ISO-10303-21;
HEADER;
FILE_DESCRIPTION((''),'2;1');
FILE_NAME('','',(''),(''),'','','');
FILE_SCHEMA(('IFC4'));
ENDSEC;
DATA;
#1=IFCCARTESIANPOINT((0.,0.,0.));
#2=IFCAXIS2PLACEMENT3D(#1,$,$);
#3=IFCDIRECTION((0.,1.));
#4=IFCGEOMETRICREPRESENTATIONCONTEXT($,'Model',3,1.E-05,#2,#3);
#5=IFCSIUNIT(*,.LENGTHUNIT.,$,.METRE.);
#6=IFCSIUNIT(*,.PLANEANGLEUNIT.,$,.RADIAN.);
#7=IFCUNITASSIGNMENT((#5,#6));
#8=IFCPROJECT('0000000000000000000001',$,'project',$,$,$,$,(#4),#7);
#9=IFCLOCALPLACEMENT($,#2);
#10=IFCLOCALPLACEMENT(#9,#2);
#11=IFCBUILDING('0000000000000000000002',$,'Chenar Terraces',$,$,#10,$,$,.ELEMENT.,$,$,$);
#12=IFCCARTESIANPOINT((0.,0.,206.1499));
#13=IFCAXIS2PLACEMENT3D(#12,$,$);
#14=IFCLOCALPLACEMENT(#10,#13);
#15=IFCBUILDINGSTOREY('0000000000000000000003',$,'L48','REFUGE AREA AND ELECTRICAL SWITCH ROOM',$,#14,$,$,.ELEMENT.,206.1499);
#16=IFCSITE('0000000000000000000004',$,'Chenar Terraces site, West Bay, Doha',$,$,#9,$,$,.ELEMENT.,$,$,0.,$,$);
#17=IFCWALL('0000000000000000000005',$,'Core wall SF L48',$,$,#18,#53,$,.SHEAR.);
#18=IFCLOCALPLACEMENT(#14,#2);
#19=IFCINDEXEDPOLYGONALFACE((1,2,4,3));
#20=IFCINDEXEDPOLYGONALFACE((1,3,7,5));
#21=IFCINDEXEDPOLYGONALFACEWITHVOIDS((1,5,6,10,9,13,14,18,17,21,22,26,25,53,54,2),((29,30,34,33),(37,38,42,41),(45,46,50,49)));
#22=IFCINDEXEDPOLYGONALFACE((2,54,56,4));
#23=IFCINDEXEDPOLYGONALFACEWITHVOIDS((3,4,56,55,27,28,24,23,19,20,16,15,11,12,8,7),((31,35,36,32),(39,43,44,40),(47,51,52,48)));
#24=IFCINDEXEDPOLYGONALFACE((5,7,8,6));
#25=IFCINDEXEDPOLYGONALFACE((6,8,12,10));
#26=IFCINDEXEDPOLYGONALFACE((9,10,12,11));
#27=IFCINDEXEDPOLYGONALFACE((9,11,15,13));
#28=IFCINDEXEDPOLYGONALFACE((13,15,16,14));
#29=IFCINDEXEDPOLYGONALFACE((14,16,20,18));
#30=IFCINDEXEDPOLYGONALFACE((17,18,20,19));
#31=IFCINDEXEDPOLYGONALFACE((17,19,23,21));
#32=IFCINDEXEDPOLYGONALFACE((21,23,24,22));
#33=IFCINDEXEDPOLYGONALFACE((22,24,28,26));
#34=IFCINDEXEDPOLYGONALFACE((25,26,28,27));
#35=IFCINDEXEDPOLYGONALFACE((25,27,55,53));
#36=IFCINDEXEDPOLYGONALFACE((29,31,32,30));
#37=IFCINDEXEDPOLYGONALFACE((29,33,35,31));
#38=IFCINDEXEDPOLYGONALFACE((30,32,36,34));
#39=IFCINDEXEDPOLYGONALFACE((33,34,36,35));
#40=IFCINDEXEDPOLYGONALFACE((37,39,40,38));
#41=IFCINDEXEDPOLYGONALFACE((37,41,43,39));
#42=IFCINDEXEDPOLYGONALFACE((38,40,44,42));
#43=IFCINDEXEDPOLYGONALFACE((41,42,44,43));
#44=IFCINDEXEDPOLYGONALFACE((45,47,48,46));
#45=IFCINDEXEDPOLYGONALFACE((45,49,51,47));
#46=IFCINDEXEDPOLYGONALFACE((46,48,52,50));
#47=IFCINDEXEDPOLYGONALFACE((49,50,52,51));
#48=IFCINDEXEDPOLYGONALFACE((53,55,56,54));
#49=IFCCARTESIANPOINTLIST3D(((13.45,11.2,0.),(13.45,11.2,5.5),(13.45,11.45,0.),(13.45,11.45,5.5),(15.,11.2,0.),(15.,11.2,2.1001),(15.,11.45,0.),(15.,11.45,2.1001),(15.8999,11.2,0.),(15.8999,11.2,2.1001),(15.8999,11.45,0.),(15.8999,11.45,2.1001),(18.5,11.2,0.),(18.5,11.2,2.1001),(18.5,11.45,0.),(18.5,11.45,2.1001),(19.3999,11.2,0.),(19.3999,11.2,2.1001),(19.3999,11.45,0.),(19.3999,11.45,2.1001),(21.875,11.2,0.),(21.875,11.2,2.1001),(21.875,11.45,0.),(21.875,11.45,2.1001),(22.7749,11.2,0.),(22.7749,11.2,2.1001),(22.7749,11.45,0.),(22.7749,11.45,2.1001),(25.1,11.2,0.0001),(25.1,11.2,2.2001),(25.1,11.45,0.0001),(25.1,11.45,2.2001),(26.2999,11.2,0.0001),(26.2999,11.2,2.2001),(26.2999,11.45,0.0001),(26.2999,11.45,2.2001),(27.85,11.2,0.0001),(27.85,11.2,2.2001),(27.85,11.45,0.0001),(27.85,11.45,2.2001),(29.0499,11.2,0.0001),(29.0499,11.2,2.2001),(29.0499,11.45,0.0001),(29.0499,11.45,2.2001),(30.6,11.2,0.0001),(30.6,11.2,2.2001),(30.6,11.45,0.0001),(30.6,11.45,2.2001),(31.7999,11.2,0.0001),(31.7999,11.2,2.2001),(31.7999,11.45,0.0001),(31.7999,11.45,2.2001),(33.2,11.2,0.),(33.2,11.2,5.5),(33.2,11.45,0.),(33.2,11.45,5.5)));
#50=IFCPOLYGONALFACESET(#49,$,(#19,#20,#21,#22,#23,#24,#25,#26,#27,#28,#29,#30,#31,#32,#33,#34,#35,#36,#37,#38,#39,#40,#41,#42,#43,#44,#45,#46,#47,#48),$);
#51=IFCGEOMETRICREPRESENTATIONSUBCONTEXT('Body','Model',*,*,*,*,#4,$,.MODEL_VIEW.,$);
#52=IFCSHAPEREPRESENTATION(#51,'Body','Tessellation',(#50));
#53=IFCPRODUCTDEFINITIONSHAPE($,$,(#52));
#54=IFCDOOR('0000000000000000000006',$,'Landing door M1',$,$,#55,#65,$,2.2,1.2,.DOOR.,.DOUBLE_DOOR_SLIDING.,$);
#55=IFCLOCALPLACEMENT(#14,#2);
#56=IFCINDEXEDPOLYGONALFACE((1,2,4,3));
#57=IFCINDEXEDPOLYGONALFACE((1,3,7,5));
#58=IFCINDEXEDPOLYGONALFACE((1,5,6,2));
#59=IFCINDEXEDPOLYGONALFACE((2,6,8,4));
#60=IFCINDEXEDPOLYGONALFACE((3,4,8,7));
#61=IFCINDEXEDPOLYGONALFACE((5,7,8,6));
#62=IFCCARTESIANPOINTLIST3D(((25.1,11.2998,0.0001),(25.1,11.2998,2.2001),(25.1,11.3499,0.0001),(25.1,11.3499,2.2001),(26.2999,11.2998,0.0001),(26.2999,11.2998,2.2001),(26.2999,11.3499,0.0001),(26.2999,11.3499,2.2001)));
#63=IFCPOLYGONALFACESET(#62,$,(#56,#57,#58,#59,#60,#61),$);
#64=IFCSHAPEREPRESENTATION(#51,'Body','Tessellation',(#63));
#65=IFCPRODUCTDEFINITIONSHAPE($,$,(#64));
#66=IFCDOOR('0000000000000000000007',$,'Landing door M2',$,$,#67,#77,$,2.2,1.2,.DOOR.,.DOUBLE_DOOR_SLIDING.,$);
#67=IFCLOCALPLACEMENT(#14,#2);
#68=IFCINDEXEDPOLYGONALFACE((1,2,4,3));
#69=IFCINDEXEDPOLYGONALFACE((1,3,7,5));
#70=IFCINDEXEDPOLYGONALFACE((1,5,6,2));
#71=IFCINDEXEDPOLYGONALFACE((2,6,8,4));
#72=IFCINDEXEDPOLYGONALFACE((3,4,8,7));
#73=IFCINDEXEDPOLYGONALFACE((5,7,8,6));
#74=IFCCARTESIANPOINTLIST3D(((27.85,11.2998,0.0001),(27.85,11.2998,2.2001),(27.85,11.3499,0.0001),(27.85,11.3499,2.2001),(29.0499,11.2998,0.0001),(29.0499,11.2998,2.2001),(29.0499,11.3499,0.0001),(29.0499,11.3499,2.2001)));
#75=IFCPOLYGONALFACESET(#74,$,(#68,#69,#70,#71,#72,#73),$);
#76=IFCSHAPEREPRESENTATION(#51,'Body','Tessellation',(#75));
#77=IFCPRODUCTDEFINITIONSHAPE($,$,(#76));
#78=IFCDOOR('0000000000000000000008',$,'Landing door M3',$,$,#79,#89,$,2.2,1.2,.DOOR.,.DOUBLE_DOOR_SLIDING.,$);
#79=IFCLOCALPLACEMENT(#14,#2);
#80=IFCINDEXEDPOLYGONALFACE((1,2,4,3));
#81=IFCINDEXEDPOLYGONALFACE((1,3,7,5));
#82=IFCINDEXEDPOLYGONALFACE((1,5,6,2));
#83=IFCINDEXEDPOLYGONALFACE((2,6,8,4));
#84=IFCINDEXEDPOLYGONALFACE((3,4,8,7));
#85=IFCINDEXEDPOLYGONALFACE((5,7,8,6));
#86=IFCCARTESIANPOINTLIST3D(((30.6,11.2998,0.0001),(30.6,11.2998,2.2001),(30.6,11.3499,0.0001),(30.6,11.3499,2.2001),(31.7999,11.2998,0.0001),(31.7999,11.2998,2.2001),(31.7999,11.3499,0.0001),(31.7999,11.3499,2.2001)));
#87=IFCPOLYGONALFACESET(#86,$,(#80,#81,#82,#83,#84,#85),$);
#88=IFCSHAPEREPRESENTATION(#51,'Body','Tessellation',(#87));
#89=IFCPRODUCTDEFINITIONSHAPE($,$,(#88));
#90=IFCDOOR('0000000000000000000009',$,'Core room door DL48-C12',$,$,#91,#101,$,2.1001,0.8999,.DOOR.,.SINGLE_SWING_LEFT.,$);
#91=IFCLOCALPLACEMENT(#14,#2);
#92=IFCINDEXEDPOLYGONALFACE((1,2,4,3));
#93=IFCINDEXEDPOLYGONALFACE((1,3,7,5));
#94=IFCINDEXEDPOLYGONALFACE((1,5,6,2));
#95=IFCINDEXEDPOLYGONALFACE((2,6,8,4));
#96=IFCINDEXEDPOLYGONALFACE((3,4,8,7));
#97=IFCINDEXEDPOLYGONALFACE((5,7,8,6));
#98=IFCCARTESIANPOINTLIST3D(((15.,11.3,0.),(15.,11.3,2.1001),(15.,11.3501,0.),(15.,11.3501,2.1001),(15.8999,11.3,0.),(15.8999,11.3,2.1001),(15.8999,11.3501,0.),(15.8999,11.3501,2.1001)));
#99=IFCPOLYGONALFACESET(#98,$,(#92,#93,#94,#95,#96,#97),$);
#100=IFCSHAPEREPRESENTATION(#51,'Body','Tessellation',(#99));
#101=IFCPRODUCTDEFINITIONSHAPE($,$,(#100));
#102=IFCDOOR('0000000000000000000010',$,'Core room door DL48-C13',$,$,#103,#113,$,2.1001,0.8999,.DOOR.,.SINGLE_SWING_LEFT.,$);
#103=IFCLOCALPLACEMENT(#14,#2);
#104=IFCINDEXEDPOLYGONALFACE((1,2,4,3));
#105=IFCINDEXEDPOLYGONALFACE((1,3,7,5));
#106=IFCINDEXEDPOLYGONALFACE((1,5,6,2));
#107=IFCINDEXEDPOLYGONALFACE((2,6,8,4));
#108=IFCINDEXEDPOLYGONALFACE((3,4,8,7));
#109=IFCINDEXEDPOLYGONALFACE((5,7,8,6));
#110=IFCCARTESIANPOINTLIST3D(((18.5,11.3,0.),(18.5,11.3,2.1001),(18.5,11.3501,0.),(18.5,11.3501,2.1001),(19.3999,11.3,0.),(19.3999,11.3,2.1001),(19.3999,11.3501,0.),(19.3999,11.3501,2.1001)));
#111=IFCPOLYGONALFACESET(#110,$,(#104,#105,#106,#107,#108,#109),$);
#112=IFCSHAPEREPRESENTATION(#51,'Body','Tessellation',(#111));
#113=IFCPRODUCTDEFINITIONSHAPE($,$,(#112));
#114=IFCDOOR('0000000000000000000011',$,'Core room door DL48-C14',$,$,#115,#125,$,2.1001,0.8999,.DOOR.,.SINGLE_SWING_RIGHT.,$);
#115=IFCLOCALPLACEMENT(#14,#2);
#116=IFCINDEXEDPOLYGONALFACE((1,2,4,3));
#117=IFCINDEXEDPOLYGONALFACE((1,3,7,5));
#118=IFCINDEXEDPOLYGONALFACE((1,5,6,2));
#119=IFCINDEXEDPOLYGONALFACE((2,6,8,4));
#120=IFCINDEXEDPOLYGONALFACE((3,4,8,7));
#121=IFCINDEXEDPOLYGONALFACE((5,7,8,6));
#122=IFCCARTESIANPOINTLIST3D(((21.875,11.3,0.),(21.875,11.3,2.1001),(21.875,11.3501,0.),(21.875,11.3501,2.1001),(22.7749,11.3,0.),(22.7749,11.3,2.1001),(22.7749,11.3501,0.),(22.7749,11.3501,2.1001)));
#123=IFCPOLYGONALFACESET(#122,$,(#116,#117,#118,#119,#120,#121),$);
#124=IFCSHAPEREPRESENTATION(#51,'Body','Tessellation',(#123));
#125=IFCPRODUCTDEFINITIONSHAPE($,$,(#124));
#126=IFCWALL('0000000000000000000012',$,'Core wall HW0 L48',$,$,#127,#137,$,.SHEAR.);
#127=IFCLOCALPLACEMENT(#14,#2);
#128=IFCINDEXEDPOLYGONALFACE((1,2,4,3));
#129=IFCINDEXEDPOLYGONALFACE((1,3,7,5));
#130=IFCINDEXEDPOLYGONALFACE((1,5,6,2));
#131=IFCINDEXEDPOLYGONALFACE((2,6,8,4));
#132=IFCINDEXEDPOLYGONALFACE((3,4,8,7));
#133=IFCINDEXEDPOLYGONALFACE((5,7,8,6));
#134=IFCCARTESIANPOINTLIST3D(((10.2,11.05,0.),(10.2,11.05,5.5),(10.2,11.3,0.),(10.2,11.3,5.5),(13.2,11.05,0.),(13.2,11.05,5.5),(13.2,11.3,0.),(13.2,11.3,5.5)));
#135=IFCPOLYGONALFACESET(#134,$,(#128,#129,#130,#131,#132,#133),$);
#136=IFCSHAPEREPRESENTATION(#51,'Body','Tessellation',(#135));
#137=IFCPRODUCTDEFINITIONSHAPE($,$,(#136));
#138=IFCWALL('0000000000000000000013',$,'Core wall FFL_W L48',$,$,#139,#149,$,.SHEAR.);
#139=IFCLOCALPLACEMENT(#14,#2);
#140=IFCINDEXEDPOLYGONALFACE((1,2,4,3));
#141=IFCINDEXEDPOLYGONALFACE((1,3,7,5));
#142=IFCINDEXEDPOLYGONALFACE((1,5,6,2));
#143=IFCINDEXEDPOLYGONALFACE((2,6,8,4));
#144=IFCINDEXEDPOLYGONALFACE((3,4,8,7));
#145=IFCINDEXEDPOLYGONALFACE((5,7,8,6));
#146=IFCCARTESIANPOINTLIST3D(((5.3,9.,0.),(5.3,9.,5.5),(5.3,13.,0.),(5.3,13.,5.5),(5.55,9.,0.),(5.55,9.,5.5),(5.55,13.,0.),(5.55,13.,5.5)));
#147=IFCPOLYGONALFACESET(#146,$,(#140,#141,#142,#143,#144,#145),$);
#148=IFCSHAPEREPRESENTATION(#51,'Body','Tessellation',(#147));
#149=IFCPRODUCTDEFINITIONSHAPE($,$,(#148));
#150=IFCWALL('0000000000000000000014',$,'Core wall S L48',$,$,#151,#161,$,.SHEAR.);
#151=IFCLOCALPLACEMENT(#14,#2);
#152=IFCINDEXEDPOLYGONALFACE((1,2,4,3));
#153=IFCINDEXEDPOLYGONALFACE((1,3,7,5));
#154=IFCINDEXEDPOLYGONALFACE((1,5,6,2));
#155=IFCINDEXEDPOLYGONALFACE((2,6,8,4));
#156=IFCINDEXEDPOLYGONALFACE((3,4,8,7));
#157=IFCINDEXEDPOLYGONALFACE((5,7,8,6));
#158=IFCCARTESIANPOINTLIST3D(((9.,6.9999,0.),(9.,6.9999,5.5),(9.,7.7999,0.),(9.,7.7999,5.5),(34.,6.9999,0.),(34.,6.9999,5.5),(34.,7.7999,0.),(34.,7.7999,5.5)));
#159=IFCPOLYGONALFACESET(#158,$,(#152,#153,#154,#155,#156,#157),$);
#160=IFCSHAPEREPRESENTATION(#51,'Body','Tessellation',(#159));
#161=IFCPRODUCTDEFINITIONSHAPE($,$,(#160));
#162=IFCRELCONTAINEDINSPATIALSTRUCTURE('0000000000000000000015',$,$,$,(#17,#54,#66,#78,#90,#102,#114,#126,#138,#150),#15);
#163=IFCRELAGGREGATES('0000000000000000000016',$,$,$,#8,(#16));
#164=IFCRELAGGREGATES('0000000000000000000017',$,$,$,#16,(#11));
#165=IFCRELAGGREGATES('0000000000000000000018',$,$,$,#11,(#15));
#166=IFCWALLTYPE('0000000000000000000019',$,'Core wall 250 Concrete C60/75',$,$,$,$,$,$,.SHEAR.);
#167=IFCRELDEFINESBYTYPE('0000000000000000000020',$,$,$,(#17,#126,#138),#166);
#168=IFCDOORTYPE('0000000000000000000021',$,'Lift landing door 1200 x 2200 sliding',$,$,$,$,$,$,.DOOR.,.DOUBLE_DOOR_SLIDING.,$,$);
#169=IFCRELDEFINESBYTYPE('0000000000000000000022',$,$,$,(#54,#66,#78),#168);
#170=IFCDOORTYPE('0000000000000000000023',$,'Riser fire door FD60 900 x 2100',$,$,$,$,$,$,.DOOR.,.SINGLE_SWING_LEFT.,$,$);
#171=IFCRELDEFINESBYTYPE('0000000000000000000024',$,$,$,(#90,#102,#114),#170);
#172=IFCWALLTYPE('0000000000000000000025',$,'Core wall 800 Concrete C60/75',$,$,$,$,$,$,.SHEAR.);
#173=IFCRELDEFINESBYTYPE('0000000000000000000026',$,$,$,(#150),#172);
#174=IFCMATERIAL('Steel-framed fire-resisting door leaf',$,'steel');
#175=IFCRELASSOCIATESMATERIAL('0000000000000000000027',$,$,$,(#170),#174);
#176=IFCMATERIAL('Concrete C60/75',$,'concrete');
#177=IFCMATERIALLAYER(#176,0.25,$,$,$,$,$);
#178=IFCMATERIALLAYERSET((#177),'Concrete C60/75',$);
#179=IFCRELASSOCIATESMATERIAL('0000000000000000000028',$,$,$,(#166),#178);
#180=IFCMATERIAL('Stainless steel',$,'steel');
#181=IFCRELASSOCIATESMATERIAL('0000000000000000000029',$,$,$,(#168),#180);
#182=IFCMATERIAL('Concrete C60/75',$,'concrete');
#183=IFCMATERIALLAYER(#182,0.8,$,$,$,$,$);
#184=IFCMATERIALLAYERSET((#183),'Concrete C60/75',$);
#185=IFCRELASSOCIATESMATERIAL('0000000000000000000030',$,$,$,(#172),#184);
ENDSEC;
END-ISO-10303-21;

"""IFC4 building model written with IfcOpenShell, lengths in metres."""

from ifc_helpers import new_model, si_unit, direction, frame, frame_2d, origin, place, context, subcontext, project, spatial, rectangle, extrude, material, layer, layer_set, type_object, element, fill, save


model = new_model("IFC4")

# Units and contexts
model_context = context("Model", 3, precision=1e-05, world=origin(), true_north=direction((0.0, 1.0)))
body_context = subcontext(model_context, "Body", "Model", "MODEL_VIEW")
ifc_project = project(units=[si_unit("LENGTHUNIT", "METRE"), si_unit("PLANEANGLEUNIT", "RADIAN")], contexts=[model_context])

# Site, building, storey
site_placement = place(None, origin())
site = spatial("IfcSite", under=ifc_project, at=site_placement, Name="Chenar Terraces site, West Bay, Doha", CompositionType="ELEMENT", RefElevation=0.0)
building_placement = place(site_placement, origin())
building = spatial("IfcBuilding", under=site, at=building_placement, Name="Chenar Terraces", CompositionType="ELEMENT")
storey_placement = place(building_placement, frame((0.0, 0.0, 206.1499)))
storey = spatial("IfcBuildingStorey", under=building, at=storey_placement, Name="L48", Description="REFUGE AREA AND ELECTRICAL SWITCH ROOM", CompositionType="ELEMENT", Elevation=206.1499)

# Shared definitions
ifc_material_1 = material(Name="Steel-framed fire-resisting door leaf", Category="steel")
door_type_1 = type_object("IfcDoorType", Name="Riser fire door FD60 900 x 2100", OperationType="SINGLE_SWING_LEFT", PredefinedType="DOOR", material=ifc_material_1)

# Shared definitions
ifc_material_2 = material(Name="Concrete C60/75", Category="concrete")
ifc_layer_1 = layer(ifc_material_2, 0.25)
ifc_layer_set_1 = layer_set([ifc_layer_1], Name="Concrete C60/75")
wall_type_1 = type_object("IfcWallType", Name="Core wall 250 Concrete C60/75", PredefinedType="SHEAR", material=ifc_layer_set_1)

# Wall, openings, doors
wall_1_placement = place(storey_placement, frame((13.45, 11.325, 0.0), z_axis=(0.0, 0.0, 1.0), x_axis=(1.0, 0.0, 0.0)))
wall_1 = element("IfcWall", 1, at=wall_1_placement, inside=storey, type_object=wall_type_1, Name="Core wall SF L48", PredefinedType="SHEAR", context=body_context, shape_type="SweptSolid", body=[
    extrude(rectangle(XDim=19.75, YDim=0.25, at=frame_2d((9.875, 0.0))), origin(), (0.0, 0.0, 1.0), 5.5),
])
opening_1_placement = place(wall_1_placement, frame((11.6499, 0.0, 0.0)))
opening_1 = element("IfcOpeningElement", 2, at=opening_1_placement, cuts=wall_1, PredefinedType="OPENING", context=body_context, shape_type="SweptSolid", body=[
    extrude(rectangle(XDim=1.2, YDim=2.2, at=frame_2d((0.6001, 1.1001))), frame((0.0, 0.135, 0.0), z_axis=(0.0, -1.0, 0.0), x_axis=(1.0, 0.0, 0.0)), (0.0, 0.0, 1.0), 0.27),
])
opening_2_placement = place(wall_1_placement, frame((14.3999, 0.0, 0.0)))
opening_2 = element("IfcOpeningElement", 3, at=opening_2_placement, cuts=wall_1, PredefinedType="OPENING", context=body_context, shape_type="SweptSolid", body=[
    extrude(rectangle(XDim=1.2, YDim=2.2, at=frame_2d((0.6001, 1.1001))), frame((0.0, 0.135, 0.0), z_axis=(0.0, -1.0, 0.0), x_axis=(1.0, 0.0, 0.0)), (0.0, 0.0, 1.0), 0.27),
])
opening_3_placement = place(wall_1_placement, frame((17.1499, 0.0, 0.0)))
opening_3 = element("IfcOpeningElement", 4, at=opening_3_placement, cuts=wall_1, PredefinedType="OPENING", context=body_context, shape_type="SweptSolid", body=[
    extrude(rectangle(XDim=1.2, YDim=2.2, at=frame_2d((0.6001, 1.1001))), frame((0.0, 0.135, 0.0), z_axis=(0.0, -1.0, 0.0), x_axis=(1.0, 0.0, 0.0)), (0.0, 0.0, 1.0), 0.27),
])
opening_4_placement = place(wall_1_placement, frame((1.55, 0.0, 0.0)))
opening_4 = element("IfcOpeningElement", 5, at=opening_4_placement, cuts=wall_1, PredefinedType="OPENING", context=body_context, shape_type="SweptSolid", body=[
    extrude(rectangle(XDim=0.8999, YDim=2.1001, at=frame_2d((0.45, 1.05))), frame((0.0, 0.135, 0.0), z_axis=(0.0, -1.0, 0.0), x_axis=(1.0, 0.0, 0.0)), (0.0, 0.0, 1.0), 0.27),
])
opening_5_placement = place(wall_1_placement, frame((5.05, 0.0, 0.0)))
opening_5 = element("IfcOpeningElement", 6, at=opening_5_placement, cuts=wall_1, PredefinedType="OPENING", context=body_context, shape_type="SweptSolid", body=[
    extrude(rectangle(XDim=0.8999, YDim=2.1001, at=frame_2d((0.45, 1.05))), frame((0.0, 0.135, 0.0), z_axis=(0.0, -1.0, 0.0), x_axis=(1.0, 0.0, 0.0)), (0.0, 0.0, 1.0), 0.27),
])
opening_6_placement = place(wall_1_placement, frame((8.425, 0.0, 0.0)))
opening_6 = element("IfcOpeningElement", 7, at=opening_6_placement, cuts=wall_1, PredefinedType="OPENING", context=body_context, shape_type="SweptSolid", body=[
    extrude(rectangle(XDim=0.8999, YDim=2.1001, at=frame_2d((0.45, 1.05))), frame((0.0, 0.135, 0.0), z_axis=(0.0, -1.0, 0.0), x_axis=(1.0, 0.0, 0.0)), (0.0, 0.0, 1.0), 0.27),
])
ifc_material_3 = material(Name="Stainless steel", Category="steel")
door_type_2 = type_object("IfcDoorType", Name="Lift landing door 1200 x 2200 sliding", OperationType="DOUBLE_DOOR_SLIDING", PredefinedType="DOOR", material=ifc_material_3)
door_1_placement = place(opening_1_placement, origin())
door_1 = element("IfcDoor", 8, at=door_1_placement, inside=storey, type_object=door_type_2, Name="Landing door M1", OperationType="DOUBLE_DOOR_SLIDING", OverallHeight=2.2, OverallWidth=1.2, PredefinedType="DOOR", context=body_context, shape_type="SweptSolid", body=[
    extrude(rectangle(XDim=1.2, YDim=2.2, at=frame_2d((0.6001, 1.1001))), frame((0.0, 0.0249, 0.0), z_axis=(0.0, -1.0, 0.0), x_axis=(1.0, 0.0, 0.0)), (0.0, 0.0, 1.0), 0.05),
])
fill(opening_1, door_1)
door_2_placement = place(opening_2_placement, origin())
door_2 = element("IfcDoor", 9, at=door_2_placement, inside=storey, type_object=door_type_2, Name="Landing door M2", OperationType="DOUBLE_DOOR_SLIDING", OverallHeight=2.2, OverallWidth=1.2, PredefinedType="DOOR", context=body_context, shape_type="SweptSolid", body=[
    extrude(rectangle(XDim=1.2, YDim=2.2, at=frame_2d((0.6001, 1.1001))), frame((0.0, 0.0249, 0.0), z_axis=(0.0, -1.0, 0.0), x_axis=(1.0, 0.0, 0.0)), (0.0, 0.0, 1.0), 0.05),
])
fill(opening_2, door_2)
door_3_placement = place(opening_3_placement, origin())
door_3 = element("IfcDoor", 10, at=door_3_placement, inside=storey, type_object=door_type_2, Name="Landing door M3", OperationType="DOUBLE_DOOR_SLIDING", OverallHeight=2.2, OverallWidth=1.2, PredefinedType="DOOR", context=body_context, shape_type="SweptSolid", body=[
    extrude(rectangle(XDim=1.2, YDim=2.2, at=frame_2d((0.6001, 1.1001))), frame((0.0, 0.0249, 0.0), z_axis=(0.0, -1.0, 0.0), x_axis=(1.0, 0.0, 0.0)), (0.0, 0.0, 1.0), 0.05),
])
fill(opening_3, door_3)
door_4_placement = place(opening_4_placement, frame((0.8999, 0.0, 0.0), z_axis=(0.0, 0.0, 1.0), x_axis=(-1.0, 0.0, 0.0)))
door_4 = element("IfcDoor", 11, at=door_4_placement, inside=storey, type_object=door_type_1, Name="Core room door DL48-C12", OperationType="SINGLE_SWING_LEFT", OverallHeight=2.1001, OverallWidth=0.8999, PredefinedType="DOOR", context=body_context, shape_type="SweptSolid", body=[
    extrude(rectangle(XDim=0.8999, YDim=2.1001, at=frame_2d((0.45, 1.05))), frame((0.0, 0.0249, 0.0), z_axis=(0.0, -1.0, 0.0), x_axis=(1.0, 0.0, 0.0)), (0.0, 0.0, 1.0), 0.05),
])
fill(opening_4, door_4)
door_5_placement = place(opening_5_placement, frame((0.8999, 0.0, 0.0), z_axis=(0.0, 0.0, 1.0), x_axis=(-1.0, 0.0, 0.0)))
door_5 = element("IfcDoor", 12, at=door_5_placement, inside=storey, type_object=door_type_1, Name="Core room door DL48-C13", OperationType="SINGLE_SWING_LEFT", OverallHeight=2.1001, OverallWidth=0.8999, PredefinedType="DOOR", context=body_context, shape_type="SweptSolid", body=[
    extrude(rectangle(XDim=0.8999, YDim=2.1001, at=frame_2d((0.45, 1.05))), frame((0.0, 0.0249, 0.0), z_axis=(0.0, -1.0, 0.0), x_axis=(1.0, 0.0, 0.0)), (0.0, 0.0, 1.0), 0.05),
])
fill(opening_5, door_5)
door_6_placement = place(opening_6_placement, frame((0.8999, 0.0, 0.0), z_axis=(0.0, 0.0, 1.0), x_axis=(-1.0, 0.0, 0.0)))
door_6 = element("IfcDoor", 13, at=door_6_placement, inside=storey, type_object=door_type_1, Name="Core room door DL48-C14", OperationType="SINGLE_SWING_RIGHT", OverallHeight=2.1001, OverallWidth=0.8999, PredefinedType="DOOR", context=body_context, shape_type="SweptSolid", body=[
    extrude(rectangle(XDim=0.8999, YDim=2.1001, at=frame_2d((0.45, 1.05))), frame((0.0, 0.0249, 0.0), z_axis=(0.0, -1.0, 0.0), x_axis=(1.0, 0.0, 0.0)), (0.0, 0.0, 1.0), 0.05),
])
fill(opening_6, door_6)

# Walls
wall_2_placement = place(storey_placement, frame((10.2, 11.175, 0.0), z_axis=(0.0, 0.0, 1.0), x_axis=(1.0, 0.0, 0.0)))
element("IfcWall", 14, at=wall_2_placement, inside=storey, type_object=wall_type_1, Name="Core wall HW0 L48", PredefinedType="SHEAR", context=body_context, shape_type="SweptSolid", body=[
    extrude(rectangle(XDim=3.0, YDim=0.25, at=frame_2d((1.5, 0.0))), origin(), (0.0, 0.0, 1.0), 5.5),
])
wall_3_placement = place(storey_placement, frame((5.425, 9.0, 0.0), z_axis=(0.0, 0.0, 1.0), x_axis=(0.0, 1.0, 0.0)))
element("IfcWall", 15, at=wall_3_placement, inside=storey, type_object=wall_type_1, Name="Core wall FFL_W L48", PredefinedType="SHEAR", context=body_context, shape_type="SweptSolid", body=[
    extrude(rectangle(XDim=4.0, YDim=0.25, at=frame_2d((2.0, 0.0))), origin(), (0.0, 0.0, 1.0), 5.5),
])
ifc_material_4 = material(Name="Concrete C60/75", Category="concrete")
ifc_layer_2 = layer(ifc_material_4, 0.8)
ifc_layer_set_2 = layer_set([ifc_layer_2], Name="Concrete C60/75")
wall_type_2 = type_object("IfcWallType", Name="Core wall 800 Concrete C60/75", PredefinedType="SHEAR", material=ifc_layer_set_2)
wall_4_placement = place(storey_placement, frame((9.0, 7.3999, 0.0), z_axis=(0.0, 0.0, 1.0), x_axis=(1.0, 0.0, 0.0)))
element("IfcWall", 16, at=wall_4_placement, inside=storey, type_object=wall_type_2, Name="Core wall S L48", PredefinedType="SHEAR", context=body_context, shape_type="SweptSolid", body=[
    extrude(rectangle(XDim=25.0, YDim=0.8, at=frame_2d((12.5, 0.0))), origin(), (0.0, 0.0, 1.0), 5.5),
])

save(model, "model.ifc")
